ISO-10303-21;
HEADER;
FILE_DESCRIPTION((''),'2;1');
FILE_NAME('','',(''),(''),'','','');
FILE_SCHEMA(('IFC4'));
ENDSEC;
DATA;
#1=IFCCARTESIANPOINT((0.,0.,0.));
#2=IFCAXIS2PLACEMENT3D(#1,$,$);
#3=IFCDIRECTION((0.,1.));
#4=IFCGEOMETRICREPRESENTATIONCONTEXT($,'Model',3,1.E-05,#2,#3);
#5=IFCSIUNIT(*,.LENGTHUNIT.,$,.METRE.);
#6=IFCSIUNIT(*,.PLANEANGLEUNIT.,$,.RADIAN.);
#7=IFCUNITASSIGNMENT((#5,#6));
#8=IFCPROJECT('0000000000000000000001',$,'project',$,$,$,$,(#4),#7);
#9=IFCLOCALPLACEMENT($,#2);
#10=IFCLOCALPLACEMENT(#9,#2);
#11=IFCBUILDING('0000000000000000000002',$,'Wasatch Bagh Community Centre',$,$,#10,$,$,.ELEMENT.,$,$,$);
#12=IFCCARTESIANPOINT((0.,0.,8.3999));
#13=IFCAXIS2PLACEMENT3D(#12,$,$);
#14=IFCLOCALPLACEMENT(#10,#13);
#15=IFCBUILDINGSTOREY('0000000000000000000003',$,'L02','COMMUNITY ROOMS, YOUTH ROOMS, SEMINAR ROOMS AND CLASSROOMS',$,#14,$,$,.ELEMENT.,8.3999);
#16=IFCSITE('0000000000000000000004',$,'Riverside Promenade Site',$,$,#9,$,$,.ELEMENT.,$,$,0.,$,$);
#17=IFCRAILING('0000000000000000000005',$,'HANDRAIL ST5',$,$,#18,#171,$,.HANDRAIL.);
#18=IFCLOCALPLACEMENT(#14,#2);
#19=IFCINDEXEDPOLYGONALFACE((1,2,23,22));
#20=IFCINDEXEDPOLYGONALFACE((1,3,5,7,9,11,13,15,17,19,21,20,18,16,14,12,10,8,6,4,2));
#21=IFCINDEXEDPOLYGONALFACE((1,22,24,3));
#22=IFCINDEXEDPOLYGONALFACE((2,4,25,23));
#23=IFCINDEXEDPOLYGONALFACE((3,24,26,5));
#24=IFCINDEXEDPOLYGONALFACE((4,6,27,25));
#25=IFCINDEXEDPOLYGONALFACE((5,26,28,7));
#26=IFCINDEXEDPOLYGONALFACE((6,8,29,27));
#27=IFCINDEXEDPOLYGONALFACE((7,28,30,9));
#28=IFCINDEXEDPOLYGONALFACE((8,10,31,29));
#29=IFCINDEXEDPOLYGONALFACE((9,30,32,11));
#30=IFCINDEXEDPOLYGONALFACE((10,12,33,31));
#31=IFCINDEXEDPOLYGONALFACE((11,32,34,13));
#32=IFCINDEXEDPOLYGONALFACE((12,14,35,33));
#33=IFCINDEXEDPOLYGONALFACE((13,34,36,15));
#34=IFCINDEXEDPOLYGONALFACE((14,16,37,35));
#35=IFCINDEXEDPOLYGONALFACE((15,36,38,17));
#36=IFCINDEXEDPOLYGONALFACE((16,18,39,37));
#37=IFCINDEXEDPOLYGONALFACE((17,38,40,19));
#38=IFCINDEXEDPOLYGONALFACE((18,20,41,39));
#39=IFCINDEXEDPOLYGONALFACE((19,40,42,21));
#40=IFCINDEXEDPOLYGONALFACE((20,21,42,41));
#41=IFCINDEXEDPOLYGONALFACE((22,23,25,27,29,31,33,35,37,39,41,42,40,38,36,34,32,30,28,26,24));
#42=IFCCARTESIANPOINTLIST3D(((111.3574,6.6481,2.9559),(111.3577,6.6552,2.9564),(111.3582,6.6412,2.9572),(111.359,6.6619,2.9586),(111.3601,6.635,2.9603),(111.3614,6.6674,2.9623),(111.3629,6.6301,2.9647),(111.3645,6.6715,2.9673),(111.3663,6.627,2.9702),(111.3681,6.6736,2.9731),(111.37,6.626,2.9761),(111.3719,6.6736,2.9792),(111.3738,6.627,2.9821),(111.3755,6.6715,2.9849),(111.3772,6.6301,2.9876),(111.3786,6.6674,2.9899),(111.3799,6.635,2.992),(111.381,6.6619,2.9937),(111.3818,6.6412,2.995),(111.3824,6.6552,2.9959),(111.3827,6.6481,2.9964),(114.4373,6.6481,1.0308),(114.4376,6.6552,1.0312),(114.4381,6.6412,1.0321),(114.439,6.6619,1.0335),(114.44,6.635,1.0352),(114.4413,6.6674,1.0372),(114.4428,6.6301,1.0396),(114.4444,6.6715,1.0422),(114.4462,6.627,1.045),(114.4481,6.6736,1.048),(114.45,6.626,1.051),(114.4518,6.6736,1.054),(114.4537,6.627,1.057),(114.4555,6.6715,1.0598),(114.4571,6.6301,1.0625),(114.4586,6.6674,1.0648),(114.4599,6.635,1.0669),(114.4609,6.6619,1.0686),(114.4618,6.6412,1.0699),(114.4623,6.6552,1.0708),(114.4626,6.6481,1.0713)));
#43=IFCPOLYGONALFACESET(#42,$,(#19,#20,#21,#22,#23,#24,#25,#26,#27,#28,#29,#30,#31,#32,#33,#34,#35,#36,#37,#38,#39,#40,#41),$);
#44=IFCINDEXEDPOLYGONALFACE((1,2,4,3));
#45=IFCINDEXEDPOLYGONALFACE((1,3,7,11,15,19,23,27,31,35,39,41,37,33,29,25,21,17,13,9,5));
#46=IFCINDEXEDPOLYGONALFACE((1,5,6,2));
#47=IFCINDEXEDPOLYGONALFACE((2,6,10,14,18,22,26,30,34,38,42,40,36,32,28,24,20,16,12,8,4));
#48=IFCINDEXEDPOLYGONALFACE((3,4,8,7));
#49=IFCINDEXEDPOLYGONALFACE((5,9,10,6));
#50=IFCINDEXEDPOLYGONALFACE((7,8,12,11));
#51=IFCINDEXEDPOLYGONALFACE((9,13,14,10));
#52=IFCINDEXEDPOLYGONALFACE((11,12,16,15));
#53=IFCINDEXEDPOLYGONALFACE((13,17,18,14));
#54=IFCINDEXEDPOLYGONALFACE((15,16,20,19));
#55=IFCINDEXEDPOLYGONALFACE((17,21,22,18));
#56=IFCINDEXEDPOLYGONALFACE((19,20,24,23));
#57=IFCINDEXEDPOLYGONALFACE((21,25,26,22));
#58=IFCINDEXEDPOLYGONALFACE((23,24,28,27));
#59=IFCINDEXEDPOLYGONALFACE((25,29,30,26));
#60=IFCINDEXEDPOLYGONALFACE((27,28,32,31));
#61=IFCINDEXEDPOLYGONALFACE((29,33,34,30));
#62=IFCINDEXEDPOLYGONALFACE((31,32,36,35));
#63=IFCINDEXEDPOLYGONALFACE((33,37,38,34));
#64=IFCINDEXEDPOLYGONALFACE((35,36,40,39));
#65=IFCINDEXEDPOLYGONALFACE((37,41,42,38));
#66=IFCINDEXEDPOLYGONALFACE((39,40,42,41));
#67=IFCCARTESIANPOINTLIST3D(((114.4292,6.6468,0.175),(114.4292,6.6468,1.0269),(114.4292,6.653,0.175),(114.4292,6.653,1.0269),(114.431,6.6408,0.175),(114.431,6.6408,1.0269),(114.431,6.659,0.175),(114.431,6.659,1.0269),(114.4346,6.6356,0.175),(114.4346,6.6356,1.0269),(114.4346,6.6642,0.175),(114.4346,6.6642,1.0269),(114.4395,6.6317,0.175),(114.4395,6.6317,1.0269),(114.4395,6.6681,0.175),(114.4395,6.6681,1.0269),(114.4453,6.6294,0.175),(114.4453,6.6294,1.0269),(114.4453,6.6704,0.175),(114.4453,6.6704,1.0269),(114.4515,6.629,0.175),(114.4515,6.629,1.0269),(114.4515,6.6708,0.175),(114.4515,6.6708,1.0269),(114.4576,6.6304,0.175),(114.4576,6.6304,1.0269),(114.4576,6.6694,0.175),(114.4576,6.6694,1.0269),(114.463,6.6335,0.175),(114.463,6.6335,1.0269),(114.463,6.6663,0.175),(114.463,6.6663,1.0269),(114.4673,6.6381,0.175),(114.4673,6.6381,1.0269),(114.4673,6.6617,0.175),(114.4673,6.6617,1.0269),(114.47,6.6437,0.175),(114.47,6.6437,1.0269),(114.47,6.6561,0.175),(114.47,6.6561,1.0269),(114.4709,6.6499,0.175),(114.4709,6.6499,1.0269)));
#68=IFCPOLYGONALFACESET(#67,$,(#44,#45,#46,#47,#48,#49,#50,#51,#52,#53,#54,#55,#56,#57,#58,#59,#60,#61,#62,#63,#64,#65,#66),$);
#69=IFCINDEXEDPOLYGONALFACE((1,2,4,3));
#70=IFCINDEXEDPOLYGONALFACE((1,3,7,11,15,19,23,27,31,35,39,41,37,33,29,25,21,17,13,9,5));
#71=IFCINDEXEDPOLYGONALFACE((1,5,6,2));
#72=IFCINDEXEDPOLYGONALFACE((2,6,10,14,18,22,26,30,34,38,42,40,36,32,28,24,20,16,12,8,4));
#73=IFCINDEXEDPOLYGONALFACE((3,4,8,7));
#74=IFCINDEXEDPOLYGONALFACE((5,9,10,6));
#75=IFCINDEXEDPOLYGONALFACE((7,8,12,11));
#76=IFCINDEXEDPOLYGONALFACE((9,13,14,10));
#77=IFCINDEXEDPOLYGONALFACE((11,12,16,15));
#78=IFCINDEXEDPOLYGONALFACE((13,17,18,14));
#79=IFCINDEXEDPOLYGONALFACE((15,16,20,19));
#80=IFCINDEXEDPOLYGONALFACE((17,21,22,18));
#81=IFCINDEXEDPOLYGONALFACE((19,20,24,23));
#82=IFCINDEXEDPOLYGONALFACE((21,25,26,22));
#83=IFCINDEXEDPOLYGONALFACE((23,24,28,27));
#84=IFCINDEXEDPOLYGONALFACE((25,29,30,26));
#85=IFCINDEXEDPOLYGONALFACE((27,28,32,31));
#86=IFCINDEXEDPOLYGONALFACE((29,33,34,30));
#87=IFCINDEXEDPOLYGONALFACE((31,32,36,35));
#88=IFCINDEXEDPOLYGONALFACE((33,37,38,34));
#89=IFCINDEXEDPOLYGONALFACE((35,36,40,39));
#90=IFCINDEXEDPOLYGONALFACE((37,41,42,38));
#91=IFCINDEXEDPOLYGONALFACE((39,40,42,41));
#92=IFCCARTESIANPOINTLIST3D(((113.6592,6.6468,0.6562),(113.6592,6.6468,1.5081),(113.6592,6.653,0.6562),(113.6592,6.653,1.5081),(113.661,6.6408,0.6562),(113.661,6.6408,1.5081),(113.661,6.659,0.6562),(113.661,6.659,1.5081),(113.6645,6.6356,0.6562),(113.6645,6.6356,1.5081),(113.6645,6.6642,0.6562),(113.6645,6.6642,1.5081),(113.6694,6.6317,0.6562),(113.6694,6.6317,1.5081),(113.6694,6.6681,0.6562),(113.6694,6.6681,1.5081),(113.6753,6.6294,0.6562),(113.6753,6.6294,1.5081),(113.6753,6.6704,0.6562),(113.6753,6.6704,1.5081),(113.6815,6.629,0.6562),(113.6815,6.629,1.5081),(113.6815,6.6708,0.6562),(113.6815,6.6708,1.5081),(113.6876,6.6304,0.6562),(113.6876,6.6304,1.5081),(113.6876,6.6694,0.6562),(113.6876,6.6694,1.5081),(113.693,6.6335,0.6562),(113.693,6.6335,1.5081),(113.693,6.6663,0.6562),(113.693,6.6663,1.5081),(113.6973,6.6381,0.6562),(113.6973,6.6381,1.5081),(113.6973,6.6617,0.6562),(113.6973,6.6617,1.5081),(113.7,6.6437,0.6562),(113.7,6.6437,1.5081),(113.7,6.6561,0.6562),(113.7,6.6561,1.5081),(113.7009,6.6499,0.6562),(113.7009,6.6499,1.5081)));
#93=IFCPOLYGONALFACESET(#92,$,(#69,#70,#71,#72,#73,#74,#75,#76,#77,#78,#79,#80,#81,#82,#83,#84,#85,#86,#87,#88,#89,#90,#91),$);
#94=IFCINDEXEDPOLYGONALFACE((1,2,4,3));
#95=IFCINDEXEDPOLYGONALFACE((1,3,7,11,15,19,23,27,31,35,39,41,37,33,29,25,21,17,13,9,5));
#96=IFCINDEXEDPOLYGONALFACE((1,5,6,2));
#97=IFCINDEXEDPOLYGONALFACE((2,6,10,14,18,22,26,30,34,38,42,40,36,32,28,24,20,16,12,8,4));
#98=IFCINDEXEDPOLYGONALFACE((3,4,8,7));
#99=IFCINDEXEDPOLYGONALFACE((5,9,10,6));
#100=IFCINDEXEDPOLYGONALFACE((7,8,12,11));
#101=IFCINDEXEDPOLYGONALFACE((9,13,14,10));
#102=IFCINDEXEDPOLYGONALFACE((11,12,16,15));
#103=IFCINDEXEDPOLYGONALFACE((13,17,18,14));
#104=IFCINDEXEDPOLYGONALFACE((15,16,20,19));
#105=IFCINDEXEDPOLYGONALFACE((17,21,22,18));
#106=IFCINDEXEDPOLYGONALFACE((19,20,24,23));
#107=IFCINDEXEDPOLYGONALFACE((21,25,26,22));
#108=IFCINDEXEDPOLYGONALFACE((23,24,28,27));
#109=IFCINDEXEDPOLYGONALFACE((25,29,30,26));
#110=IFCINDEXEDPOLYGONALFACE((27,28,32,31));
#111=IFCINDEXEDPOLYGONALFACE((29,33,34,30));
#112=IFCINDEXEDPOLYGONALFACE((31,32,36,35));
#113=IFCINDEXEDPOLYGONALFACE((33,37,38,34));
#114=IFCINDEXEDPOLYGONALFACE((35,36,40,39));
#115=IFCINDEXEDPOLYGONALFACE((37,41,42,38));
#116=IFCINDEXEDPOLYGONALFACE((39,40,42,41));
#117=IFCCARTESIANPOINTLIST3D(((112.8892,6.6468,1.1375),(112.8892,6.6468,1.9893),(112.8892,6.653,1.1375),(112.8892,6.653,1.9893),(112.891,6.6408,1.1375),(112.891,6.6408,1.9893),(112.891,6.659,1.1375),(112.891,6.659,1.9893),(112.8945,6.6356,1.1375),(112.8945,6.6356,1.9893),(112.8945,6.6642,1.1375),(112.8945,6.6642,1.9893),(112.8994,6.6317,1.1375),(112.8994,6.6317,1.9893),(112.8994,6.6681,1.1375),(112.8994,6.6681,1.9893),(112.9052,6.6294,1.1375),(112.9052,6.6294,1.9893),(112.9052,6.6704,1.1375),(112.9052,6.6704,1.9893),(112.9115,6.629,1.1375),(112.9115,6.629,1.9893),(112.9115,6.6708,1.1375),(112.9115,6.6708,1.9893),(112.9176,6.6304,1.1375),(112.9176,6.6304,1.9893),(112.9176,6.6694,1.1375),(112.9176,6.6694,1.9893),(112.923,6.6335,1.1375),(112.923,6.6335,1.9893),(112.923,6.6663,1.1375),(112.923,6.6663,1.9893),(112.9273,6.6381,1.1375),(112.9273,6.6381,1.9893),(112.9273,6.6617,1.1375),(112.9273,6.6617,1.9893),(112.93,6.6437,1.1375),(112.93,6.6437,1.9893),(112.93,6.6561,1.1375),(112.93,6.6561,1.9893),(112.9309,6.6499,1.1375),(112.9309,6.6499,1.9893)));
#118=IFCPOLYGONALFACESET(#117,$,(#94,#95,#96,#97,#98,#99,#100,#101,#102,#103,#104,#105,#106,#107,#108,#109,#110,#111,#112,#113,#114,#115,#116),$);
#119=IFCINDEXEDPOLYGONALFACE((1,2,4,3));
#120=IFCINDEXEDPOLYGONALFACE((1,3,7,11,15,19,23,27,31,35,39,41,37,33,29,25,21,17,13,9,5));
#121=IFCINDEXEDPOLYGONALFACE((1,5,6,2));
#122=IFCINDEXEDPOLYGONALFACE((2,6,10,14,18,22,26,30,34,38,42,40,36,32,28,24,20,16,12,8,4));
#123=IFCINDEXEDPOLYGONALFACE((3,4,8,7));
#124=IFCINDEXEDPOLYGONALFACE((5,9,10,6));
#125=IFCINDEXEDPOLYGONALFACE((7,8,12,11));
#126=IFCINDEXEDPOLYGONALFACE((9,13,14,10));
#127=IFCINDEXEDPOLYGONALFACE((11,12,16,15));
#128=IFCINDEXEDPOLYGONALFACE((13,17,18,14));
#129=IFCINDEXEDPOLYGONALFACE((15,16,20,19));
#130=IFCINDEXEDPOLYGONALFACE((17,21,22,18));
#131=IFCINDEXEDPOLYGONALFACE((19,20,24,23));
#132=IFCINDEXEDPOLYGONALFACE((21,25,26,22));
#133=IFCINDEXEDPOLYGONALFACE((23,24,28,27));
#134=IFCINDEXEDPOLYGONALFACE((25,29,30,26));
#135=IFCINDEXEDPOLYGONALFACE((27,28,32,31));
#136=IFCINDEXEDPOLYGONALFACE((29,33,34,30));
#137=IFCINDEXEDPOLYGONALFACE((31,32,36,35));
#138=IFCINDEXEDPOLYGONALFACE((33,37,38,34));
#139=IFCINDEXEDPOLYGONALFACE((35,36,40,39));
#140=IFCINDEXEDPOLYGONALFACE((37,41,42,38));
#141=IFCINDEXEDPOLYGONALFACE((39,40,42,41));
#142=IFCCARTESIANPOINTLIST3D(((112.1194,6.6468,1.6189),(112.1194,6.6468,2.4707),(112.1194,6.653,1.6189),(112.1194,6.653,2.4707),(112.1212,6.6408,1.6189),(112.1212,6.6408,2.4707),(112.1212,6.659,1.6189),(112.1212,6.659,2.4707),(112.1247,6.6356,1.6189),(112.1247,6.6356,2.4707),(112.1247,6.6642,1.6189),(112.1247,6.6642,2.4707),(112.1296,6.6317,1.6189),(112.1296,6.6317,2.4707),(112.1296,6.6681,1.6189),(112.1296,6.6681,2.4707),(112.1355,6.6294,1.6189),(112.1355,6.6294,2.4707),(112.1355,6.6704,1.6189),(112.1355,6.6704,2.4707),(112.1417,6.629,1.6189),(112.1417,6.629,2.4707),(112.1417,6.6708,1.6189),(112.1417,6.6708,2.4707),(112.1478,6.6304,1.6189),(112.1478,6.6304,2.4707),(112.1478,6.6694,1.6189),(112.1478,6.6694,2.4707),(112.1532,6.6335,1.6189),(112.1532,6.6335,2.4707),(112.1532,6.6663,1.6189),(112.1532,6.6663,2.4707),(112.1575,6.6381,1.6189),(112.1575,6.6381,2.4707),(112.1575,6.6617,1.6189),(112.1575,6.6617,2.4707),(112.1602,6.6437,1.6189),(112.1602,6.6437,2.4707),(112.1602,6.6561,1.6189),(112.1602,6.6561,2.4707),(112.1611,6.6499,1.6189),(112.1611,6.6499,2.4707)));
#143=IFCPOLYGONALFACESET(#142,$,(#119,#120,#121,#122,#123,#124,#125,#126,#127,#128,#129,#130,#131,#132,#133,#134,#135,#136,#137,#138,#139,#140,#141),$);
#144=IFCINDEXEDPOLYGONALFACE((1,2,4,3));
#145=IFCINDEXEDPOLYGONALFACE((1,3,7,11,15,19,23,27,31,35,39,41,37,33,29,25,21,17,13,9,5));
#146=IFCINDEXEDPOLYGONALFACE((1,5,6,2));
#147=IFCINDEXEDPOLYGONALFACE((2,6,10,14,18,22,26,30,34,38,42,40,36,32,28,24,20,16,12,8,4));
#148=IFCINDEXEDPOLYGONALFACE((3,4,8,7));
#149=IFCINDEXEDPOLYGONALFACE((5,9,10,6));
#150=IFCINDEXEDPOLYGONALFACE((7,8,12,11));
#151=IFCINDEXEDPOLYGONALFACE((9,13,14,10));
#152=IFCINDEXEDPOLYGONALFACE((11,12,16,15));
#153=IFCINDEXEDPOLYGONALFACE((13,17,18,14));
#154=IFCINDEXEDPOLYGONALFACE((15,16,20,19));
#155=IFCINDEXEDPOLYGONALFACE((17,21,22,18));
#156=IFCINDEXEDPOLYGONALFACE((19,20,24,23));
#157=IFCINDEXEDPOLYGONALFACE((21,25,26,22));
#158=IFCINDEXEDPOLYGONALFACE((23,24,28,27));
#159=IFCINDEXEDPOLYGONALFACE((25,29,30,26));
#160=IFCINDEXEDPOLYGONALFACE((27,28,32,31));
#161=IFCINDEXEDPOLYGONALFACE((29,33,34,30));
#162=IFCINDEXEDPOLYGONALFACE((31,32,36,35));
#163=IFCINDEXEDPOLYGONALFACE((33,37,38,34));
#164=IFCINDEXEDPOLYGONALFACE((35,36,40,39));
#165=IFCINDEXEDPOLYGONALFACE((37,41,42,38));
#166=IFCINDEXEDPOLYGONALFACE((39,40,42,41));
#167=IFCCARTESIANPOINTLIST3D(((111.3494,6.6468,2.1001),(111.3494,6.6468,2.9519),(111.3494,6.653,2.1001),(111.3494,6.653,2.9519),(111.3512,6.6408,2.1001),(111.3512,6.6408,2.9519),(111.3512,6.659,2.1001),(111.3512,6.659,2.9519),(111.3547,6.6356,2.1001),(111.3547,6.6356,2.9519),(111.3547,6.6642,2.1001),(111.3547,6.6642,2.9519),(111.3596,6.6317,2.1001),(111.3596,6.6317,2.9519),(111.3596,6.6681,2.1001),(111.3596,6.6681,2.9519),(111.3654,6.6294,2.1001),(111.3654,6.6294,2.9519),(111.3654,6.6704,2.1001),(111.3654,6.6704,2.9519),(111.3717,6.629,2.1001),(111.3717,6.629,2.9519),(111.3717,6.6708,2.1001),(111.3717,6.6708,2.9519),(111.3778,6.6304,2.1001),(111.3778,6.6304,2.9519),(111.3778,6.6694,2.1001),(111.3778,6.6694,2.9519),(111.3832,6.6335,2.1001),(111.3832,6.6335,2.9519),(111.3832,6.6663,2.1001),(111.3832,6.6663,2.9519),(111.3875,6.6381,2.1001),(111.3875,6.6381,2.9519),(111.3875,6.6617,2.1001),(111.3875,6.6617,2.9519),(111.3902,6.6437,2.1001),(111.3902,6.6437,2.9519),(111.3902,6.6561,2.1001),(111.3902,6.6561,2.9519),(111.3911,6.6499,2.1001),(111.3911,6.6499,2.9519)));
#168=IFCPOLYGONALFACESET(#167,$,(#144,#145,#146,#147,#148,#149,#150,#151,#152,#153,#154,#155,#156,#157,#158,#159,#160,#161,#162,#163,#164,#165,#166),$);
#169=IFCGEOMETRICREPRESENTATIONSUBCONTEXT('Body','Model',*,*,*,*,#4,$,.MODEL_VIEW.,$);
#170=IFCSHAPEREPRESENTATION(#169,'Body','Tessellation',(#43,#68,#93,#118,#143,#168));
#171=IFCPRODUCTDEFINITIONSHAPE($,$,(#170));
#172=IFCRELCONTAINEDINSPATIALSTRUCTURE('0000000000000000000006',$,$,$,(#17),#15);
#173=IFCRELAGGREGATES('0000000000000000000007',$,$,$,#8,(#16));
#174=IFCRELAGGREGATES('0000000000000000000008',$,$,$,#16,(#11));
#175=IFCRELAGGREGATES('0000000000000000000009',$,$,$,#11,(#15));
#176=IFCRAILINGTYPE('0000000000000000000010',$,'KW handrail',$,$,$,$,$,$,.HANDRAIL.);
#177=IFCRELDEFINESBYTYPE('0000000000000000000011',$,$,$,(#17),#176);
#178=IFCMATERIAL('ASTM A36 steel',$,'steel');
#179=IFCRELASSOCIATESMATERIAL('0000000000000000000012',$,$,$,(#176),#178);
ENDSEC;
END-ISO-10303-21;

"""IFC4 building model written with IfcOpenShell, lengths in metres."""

from ifc_helpers import new_model, si_unit, direction, frame, origin, origin_2d, place, context, subcontext, project, spatial, circle, extrude, material, type_object, element, save


model = new_model("IFC4")

# Units and contexts
model_context = context("Model", 3, precision=1e-05, world=origin(), true_north=direction((0.0, 1.0)))
body_context = subcontext(model_context, "Body", "Model", "MODEL_VIEW")
ifc_project = project(units=[si_unit("LENGTHUNIT", "METRE"), si_unit("PLANEANGLEUNIT", "RADIAN")], contexts=[model_context])

# Site, building, storey
site_placement = place(None, origin())
site = spatial("IfcSite", under=ifc_project, at=site_placement, Name="Riverside Promenade Site", CompositionType="ELEMENT", RefElevation=0.0)
building_placement = place(site_placement, origin())
building = spatial("IfcBuilding", under=site, at=building_placement, Name="Wasatch Bagh Community Centre", CompositionType="ELEMENT")
storey_placement = place(building_placement, frame((0.0, 0.0, 8.3999)))
storey = spatial("IfcBuildingStorey", under=building, at=storey_placement, Name="L02", Description="COMMUNITY ROOMS, YOUTH ROOMS, SEMINAR ROOMS AND CLASSROOMS", CompositionType="ELEMENT", Elevation=8.3999)

# Railing
ifc_material_1 = material(Name="ASTM A36 steel", Category="steel")
railing_type_1 = type_object("IfcRailingType", Name="KW handrail", PredefinedType="HANDRAIL", material=ifc_material_1)
for number, where, name in (
    (1, (114.45, 6.6499, 0.175), "HANDRAIL ST5"),
):
    element("IfcRailing", number, at=place(storey_placement, frame(where)), inside=storey, type_object=railing_type_1, Name=name, PredefinedType="HANDRAIL", context=body_context, shape_type="SweptSolid", body=[
        extrude(circle(Radius=0.0239, at=origin_2d()), frame((0.0, 0.0, 0.876), z_axis=(-0.847979, 0.0, 0.530029), x_axis=(0.0, -1.0, 0.0)), (0.0, 0.0, 1.0), 3.6321),
        extrude(circle(Radius=0.021, at=origin_2d()), origin(), (0.0, 0.0, 1.0), 0.8518),
        extrude(circle(Radius=0.021, at=origin_2d()), frame((-0.77, 0.0, 0.4812)), (0.0, 0.0, 1.0), 0.8518),
        extrude(circle(Radius=0.021, at=origin_2d()), frame((-1.54, 0.0, 0.9624)), (0.0, 0.0, 1.0), 0.8518),
        extrude(circle(Radius=0.021, at=origin_2d()), frame((-2.3098, 0.0, 1.4438)), (0.0, 0.0, 1.0), 0.8518),
        extrude(circle(Radius=0.021, at=origin_2d()), frame((-3.0798, 0.0, 1.925)), (0.0, 0.0, 1.0), 0.8518),
    ])

save(model, "model.ifc")
